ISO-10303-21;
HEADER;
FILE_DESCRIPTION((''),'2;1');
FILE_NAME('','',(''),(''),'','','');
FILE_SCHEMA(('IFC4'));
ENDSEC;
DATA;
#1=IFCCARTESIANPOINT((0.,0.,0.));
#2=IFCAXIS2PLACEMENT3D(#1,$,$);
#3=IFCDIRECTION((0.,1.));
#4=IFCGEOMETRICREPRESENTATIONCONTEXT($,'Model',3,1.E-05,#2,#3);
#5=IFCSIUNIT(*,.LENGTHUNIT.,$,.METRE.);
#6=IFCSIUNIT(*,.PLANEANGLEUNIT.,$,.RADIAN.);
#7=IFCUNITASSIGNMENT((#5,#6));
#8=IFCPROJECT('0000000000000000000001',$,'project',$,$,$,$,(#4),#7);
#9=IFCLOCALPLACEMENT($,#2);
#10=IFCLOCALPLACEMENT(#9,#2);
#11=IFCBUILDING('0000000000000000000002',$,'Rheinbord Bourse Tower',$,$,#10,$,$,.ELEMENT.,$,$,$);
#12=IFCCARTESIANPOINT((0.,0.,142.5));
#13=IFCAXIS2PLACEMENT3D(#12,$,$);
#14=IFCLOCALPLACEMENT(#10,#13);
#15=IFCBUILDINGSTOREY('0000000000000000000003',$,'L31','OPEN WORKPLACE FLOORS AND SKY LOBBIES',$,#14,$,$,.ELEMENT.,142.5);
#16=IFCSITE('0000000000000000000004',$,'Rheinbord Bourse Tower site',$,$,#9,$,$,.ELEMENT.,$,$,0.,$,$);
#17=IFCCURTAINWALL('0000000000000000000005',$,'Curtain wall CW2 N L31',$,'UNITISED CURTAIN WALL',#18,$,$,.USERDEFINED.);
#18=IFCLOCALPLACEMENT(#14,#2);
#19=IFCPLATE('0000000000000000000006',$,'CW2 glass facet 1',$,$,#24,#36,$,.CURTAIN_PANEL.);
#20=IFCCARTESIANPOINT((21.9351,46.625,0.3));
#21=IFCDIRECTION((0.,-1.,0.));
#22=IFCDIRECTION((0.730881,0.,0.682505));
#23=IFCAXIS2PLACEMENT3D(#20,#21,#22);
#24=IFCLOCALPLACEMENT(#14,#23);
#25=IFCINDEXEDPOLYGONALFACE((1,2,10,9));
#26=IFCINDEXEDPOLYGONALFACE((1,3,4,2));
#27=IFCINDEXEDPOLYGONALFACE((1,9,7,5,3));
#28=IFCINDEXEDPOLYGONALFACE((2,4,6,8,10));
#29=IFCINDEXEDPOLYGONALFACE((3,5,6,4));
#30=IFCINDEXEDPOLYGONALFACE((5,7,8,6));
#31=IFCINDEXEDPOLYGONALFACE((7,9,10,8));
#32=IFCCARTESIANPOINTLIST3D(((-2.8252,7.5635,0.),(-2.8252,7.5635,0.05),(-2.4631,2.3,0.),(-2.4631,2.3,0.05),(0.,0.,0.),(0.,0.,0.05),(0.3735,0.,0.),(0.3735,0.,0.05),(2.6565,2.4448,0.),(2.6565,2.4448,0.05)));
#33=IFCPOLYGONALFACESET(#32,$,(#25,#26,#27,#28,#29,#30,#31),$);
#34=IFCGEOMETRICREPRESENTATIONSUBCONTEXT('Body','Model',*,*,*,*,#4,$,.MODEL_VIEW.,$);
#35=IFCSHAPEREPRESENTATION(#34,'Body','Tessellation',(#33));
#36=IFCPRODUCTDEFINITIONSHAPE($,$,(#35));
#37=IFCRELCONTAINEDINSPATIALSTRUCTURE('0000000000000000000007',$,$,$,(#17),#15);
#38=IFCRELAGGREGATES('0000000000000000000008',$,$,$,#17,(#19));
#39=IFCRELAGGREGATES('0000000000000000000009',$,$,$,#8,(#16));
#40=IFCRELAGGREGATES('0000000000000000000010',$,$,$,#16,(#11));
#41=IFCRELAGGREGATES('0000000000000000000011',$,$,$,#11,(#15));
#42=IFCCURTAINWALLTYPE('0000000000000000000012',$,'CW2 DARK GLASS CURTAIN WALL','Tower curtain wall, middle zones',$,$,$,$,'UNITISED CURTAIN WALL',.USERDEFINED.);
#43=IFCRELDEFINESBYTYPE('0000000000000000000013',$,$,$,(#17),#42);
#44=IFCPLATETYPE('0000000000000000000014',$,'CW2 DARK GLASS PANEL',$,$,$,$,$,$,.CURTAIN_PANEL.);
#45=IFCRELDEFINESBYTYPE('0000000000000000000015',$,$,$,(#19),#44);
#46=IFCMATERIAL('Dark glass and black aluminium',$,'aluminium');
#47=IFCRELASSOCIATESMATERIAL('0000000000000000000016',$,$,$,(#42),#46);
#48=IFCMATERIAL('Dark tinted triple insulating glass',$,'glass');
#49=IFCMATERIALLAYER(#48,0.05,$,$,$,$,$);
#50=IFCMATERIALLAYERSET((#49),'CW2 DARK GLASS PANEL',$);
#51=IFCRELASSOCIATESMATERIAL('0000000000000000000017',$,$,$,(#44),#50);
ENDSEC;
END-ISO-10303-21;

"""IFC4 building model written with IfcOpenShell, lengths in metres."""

from ifc_helpers import new_model, si_unit, direction, frame, origin, place, context, subcontext, project, spatial, polyline, outline, extrude, material, layer, layer_set, type_object, element, aggregate, save


model = new_model("IFC4")

# Units and contexts
model_context = context("Model", 3, precision=1e-05, world=origin(), true_north=direction((0.0, 1.0)))
body_context = subcontext(model_context, "Body", "Model", "MODEL_VIEW")
ifc_project = project(units=[si_unit("LENGTHUNIT", "METRE"), si_unit("PLANEANGLEUNIT", "RADIAN")], contexts=[model_context])

# Site, building, storey
site_placement = place(None, origin())
site = spatial("IfcSite", under=ifc_project, at=site_placement, Name="Rheinbord Bourse Tower site", CompositionType="ELEMENT", RefElevation=0.0)
building_placement = place(site_placement, origin())
building = spatial("IfcBuilding", under=site, at=building_placement, Name="Rheinbord Bourse Tower", CompositionType="ELEMENT")
storey_placement = place(building_placement, frame((0.0, 0.0, 142.5)))
storey = spatial("IfcBuildingStorey", under=building, at=storey_placement, Name="L31", Description="OPEN WORKPLACE FLOORS AND SKY LOBBIES", CompositionType="ELEMENT", Elevation=142.5)

# Curtain wall
ifc_material_1 = material(Name="Dark glass and black aluminium", Category="aluminium")
curtain_wall_type = type_object("IfcCurtainWallType", Name="CW2 DARK GLASS CURTAIN WALL", Description="Tower curtain wall, middle zones", ElementType="UNITISED CURTAIN WALL", PredefinedType="USERDEFINED", material=ifc_material_1)
curtain_wall_placement = place(storey_placement, origin())
curtain_wall = element("IfcCurtainWall", 1, at=curtain_wall_placement, inside=storey, type_object=curtain_wall_type, Name="Curtain wall CW2 N L31", ObjectType="UNITISED CURTAIN WALL", PredefinedType="USERDEFINED")

# Plate
ifc_material_2 = material(Name="Dark tinted triple insulating glass", Category="glass")
ifc_layer_1 = layer(ifc_material_2, 0.05)
ifc_layer_set_1 = layer_set([ifc_layer_1], Name="CW2 DARK GLASS PANEL")
plate_type = type_object("IfcPlateType", Name="CW2 DARK GLASS PANEL", PredefinedType="CURTAIN_PANEL", material=ifc_layer_set_1)
plate_1_placement = place(storey_placement, frame((21.9351, 46.625, 0.3), z_axis=(0.0, -1.0, 0.0), x_axis=(0.730881, 0.0, 0.682505)))
plate_1 = element("IfcPlate", 2, at=plate_1_placement, type_object=plate_type, Name="CW2 glass facet 1", PredefinedType="CURTAIN_PANEL", context=body_context, shape_type="SweptSolid", body=[
    extrude(outline(polyline([(0.0, 0.0), (0.3735, 0.0), (2.6565, 2.4448), (-2.8252, 7.5635), (-2.4631, 2.3), (0.0, 0.0)])), origin(), (0.0, 0.0, 1.0), 0.05),
])
aggregate(curtain_wall, [plate_1])

save(model, "model.ifc")
